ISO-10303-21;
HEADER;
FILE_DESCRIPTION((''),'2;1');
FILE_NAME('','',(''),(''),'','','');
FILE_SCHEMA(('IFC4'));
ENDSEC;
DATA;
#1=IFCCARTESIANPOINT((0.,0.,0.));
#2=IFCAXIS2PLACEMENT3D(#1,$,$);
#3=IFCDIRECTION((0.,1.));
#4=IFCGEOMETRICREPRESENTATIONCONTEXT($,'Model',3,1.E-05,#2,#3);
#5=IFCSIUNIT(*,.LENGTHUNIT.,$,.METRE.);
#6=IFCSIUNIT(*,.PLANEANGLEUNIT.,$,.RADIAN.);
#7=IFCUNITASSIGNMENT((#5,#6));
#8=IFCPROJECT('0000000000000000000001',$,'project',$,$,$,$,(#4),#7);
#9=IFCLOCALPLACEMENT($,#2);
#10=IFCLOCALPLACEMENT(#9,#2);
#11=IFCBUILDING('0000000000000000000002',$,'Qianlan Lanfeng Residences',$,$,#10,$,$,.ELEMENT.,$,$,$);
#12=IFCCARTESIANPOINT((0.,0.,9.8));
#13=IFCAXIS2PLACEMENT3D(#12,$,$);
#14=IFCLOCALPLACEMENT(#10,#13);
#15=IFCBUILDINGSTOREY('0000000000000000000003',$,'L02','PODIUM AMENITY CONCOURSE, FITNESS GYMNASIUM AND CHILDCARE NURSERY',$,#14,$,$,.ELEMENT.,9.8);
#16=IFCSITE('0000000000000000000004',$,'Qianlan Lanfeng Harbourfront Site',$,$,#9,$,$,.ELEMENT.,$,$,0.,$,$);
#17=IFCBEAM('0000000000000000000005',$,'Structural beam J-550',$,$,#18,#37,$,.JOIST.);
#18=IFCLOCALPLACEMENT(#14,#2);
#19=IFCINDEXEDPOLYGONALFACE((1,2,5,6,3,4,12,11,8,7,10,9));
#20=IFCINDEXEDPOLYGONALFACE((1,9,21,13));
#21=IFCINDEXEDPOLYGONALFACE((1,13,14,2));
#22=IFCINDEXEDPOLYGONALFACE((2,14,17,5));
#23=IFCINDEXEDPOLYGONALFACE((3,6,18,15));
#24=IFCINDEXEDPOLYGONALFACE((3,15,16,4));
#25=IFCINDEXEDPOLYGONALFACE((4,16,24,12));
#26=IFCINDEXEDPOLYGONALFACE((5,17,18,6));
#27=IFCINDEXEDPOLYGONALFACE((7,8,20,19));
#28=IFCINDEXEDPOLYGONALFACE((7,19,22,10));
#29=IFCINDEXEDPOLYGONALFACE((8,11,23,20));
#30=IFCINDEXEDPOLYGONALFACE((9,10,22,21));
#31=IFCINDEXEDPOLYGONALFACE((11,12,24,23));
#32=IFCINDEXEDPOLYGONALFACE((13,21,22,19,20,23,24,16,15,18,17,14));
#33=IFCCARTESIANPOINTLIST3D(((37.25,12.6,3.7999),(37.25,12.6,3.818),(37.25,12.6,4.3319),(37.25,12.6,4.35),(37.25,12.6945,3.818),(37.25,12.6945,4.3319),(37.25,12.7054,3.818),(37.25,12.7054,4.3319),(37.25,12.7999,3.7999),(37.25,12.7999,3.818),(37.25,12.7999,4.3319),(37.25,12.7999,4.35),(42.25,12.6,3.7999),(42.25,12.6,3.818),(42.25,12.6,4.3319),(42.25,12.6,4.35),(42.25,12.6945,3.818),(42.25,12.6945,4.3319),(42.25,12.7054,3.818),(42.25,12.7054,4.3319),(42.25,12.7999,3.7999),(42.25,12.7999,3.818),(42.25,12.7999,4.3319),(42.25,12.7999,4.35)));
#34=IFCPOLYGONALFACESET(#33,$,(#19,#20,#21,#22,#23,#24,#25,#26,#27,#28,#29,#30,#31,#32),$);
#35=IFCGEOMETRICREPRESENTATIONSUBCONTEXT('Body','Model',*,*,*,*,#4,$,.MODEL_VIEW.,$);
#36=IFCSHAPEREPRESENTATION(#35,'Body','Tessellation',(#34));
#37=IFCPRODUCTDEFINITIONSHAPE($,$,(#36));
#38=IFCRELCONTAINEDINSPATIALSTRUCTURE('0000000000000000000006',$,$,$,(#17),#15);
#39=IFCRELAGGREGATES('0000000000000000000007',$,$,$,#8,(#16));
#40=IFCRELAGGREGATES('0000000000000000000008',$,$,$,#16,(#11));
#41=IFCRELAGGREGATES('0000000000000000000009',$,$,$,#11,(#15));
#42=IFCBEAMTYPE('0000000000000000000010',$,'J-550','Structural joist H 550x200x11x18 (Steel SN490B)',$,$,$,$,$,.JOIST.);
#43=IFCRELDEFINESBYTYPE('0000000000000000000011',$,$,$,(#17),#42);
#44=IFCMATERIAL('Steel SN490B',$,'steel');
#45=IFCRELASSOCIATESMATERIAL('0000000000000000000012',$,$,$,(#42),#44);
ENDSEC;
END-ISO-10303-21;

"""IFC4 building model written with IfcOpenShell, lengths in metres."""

from ifc_helpers import new_model, si_unit, direction, frame, origin, origin_2d, place, context, subcontext, project, spatial, i_section, extrude, material, material_profile, profile_set, type_object, element, save


model = new_model("IFC4")

# Units and contexts
model_context = context("Model", 3, precision=1e-05, world=origin(), true_north=direction((0.0, 1.0)))
body_context = subcontext(model_context, "Body", "Model", "MODEL_VIEW")
ifc_project = project(units=[si_unit("LENGTHUNIT", "METRE"), si_unit("PLANEANGLEUNIT", "RADIAN")], contexts=[model_context])

# Site, building, storey
site_placement = place(None, origin())
site = spatial("IfcSite", under=ifc_project, at=site_placement, Name="Qianlan Lanfeng Harbourfront Site", CompositionType="ELEMENT", RefElevation=0.0)
building_placement = place(site_placement, origin())
building = spatial("IfcBuilding", under=site, at=building_placement, Name="Qianlan Lanfeng Residences", CompositionType="ELEMENT")
storey_placement = place(building_placement, frame((0.0, 0.0, 9.8)))
storey = spatial("IfcBuildingStorey", under=building, at=storey_placement, Name="L02", Description="PODIUM AMENITY CONCOURSE, FITNESS GYMNASIUM AND CHILDCARE NURSERY", CompositionType="ELEMENT", Elevation=9.8)

# Beam
ifc_material_1 = material(Name="Steel SN490B", Category="steel")
ifc_material_profile_1 = material_profile(ifc_material_1, i_section(OverallWidth=0.2, OverallDepth=0.55, WebThickness=0.011, FlangeThickness=0.0181, at=origin_2d()), Name="H 550x200x11x18")
ifc_profile_set_1 = profile_set([ifc_material_profile_1], Name="Steel SN490B")
beam_type_1 = type_object("IfcBeamType", Name="J-550", Description="Structural joist H 550x200x11x18 (Steel SN490B)", PredefinedType="JOIST", material=ifc_profile_set_1)
for number, where, z_axis, x_axis, name in (
    (1, (37.25, 12.7, 4.075), (1.0, 0.0, 0.0), (0.0, 1.0, 0.0), "Structural beam J-550"),
):
    element("IfcBeam", number, at=place(storey_placement, frame(where, z_axis=z_axis, x_axis=x_axis)), inside=storey, type_object=beam_type_1, Name=name, PredefinedType="JOIST", context=body_context, shape_type="SweptSolid", body=[
        extrude(i_section(OverallWidth=0.2, OverallDepth=0.55, WebThickness=0.011, FlangeThickness=0.0181, at=origin_2d()), origin(), (0.0, 0.0, 1.0), 5.0),
    ])

save(model, "model.ifc")
